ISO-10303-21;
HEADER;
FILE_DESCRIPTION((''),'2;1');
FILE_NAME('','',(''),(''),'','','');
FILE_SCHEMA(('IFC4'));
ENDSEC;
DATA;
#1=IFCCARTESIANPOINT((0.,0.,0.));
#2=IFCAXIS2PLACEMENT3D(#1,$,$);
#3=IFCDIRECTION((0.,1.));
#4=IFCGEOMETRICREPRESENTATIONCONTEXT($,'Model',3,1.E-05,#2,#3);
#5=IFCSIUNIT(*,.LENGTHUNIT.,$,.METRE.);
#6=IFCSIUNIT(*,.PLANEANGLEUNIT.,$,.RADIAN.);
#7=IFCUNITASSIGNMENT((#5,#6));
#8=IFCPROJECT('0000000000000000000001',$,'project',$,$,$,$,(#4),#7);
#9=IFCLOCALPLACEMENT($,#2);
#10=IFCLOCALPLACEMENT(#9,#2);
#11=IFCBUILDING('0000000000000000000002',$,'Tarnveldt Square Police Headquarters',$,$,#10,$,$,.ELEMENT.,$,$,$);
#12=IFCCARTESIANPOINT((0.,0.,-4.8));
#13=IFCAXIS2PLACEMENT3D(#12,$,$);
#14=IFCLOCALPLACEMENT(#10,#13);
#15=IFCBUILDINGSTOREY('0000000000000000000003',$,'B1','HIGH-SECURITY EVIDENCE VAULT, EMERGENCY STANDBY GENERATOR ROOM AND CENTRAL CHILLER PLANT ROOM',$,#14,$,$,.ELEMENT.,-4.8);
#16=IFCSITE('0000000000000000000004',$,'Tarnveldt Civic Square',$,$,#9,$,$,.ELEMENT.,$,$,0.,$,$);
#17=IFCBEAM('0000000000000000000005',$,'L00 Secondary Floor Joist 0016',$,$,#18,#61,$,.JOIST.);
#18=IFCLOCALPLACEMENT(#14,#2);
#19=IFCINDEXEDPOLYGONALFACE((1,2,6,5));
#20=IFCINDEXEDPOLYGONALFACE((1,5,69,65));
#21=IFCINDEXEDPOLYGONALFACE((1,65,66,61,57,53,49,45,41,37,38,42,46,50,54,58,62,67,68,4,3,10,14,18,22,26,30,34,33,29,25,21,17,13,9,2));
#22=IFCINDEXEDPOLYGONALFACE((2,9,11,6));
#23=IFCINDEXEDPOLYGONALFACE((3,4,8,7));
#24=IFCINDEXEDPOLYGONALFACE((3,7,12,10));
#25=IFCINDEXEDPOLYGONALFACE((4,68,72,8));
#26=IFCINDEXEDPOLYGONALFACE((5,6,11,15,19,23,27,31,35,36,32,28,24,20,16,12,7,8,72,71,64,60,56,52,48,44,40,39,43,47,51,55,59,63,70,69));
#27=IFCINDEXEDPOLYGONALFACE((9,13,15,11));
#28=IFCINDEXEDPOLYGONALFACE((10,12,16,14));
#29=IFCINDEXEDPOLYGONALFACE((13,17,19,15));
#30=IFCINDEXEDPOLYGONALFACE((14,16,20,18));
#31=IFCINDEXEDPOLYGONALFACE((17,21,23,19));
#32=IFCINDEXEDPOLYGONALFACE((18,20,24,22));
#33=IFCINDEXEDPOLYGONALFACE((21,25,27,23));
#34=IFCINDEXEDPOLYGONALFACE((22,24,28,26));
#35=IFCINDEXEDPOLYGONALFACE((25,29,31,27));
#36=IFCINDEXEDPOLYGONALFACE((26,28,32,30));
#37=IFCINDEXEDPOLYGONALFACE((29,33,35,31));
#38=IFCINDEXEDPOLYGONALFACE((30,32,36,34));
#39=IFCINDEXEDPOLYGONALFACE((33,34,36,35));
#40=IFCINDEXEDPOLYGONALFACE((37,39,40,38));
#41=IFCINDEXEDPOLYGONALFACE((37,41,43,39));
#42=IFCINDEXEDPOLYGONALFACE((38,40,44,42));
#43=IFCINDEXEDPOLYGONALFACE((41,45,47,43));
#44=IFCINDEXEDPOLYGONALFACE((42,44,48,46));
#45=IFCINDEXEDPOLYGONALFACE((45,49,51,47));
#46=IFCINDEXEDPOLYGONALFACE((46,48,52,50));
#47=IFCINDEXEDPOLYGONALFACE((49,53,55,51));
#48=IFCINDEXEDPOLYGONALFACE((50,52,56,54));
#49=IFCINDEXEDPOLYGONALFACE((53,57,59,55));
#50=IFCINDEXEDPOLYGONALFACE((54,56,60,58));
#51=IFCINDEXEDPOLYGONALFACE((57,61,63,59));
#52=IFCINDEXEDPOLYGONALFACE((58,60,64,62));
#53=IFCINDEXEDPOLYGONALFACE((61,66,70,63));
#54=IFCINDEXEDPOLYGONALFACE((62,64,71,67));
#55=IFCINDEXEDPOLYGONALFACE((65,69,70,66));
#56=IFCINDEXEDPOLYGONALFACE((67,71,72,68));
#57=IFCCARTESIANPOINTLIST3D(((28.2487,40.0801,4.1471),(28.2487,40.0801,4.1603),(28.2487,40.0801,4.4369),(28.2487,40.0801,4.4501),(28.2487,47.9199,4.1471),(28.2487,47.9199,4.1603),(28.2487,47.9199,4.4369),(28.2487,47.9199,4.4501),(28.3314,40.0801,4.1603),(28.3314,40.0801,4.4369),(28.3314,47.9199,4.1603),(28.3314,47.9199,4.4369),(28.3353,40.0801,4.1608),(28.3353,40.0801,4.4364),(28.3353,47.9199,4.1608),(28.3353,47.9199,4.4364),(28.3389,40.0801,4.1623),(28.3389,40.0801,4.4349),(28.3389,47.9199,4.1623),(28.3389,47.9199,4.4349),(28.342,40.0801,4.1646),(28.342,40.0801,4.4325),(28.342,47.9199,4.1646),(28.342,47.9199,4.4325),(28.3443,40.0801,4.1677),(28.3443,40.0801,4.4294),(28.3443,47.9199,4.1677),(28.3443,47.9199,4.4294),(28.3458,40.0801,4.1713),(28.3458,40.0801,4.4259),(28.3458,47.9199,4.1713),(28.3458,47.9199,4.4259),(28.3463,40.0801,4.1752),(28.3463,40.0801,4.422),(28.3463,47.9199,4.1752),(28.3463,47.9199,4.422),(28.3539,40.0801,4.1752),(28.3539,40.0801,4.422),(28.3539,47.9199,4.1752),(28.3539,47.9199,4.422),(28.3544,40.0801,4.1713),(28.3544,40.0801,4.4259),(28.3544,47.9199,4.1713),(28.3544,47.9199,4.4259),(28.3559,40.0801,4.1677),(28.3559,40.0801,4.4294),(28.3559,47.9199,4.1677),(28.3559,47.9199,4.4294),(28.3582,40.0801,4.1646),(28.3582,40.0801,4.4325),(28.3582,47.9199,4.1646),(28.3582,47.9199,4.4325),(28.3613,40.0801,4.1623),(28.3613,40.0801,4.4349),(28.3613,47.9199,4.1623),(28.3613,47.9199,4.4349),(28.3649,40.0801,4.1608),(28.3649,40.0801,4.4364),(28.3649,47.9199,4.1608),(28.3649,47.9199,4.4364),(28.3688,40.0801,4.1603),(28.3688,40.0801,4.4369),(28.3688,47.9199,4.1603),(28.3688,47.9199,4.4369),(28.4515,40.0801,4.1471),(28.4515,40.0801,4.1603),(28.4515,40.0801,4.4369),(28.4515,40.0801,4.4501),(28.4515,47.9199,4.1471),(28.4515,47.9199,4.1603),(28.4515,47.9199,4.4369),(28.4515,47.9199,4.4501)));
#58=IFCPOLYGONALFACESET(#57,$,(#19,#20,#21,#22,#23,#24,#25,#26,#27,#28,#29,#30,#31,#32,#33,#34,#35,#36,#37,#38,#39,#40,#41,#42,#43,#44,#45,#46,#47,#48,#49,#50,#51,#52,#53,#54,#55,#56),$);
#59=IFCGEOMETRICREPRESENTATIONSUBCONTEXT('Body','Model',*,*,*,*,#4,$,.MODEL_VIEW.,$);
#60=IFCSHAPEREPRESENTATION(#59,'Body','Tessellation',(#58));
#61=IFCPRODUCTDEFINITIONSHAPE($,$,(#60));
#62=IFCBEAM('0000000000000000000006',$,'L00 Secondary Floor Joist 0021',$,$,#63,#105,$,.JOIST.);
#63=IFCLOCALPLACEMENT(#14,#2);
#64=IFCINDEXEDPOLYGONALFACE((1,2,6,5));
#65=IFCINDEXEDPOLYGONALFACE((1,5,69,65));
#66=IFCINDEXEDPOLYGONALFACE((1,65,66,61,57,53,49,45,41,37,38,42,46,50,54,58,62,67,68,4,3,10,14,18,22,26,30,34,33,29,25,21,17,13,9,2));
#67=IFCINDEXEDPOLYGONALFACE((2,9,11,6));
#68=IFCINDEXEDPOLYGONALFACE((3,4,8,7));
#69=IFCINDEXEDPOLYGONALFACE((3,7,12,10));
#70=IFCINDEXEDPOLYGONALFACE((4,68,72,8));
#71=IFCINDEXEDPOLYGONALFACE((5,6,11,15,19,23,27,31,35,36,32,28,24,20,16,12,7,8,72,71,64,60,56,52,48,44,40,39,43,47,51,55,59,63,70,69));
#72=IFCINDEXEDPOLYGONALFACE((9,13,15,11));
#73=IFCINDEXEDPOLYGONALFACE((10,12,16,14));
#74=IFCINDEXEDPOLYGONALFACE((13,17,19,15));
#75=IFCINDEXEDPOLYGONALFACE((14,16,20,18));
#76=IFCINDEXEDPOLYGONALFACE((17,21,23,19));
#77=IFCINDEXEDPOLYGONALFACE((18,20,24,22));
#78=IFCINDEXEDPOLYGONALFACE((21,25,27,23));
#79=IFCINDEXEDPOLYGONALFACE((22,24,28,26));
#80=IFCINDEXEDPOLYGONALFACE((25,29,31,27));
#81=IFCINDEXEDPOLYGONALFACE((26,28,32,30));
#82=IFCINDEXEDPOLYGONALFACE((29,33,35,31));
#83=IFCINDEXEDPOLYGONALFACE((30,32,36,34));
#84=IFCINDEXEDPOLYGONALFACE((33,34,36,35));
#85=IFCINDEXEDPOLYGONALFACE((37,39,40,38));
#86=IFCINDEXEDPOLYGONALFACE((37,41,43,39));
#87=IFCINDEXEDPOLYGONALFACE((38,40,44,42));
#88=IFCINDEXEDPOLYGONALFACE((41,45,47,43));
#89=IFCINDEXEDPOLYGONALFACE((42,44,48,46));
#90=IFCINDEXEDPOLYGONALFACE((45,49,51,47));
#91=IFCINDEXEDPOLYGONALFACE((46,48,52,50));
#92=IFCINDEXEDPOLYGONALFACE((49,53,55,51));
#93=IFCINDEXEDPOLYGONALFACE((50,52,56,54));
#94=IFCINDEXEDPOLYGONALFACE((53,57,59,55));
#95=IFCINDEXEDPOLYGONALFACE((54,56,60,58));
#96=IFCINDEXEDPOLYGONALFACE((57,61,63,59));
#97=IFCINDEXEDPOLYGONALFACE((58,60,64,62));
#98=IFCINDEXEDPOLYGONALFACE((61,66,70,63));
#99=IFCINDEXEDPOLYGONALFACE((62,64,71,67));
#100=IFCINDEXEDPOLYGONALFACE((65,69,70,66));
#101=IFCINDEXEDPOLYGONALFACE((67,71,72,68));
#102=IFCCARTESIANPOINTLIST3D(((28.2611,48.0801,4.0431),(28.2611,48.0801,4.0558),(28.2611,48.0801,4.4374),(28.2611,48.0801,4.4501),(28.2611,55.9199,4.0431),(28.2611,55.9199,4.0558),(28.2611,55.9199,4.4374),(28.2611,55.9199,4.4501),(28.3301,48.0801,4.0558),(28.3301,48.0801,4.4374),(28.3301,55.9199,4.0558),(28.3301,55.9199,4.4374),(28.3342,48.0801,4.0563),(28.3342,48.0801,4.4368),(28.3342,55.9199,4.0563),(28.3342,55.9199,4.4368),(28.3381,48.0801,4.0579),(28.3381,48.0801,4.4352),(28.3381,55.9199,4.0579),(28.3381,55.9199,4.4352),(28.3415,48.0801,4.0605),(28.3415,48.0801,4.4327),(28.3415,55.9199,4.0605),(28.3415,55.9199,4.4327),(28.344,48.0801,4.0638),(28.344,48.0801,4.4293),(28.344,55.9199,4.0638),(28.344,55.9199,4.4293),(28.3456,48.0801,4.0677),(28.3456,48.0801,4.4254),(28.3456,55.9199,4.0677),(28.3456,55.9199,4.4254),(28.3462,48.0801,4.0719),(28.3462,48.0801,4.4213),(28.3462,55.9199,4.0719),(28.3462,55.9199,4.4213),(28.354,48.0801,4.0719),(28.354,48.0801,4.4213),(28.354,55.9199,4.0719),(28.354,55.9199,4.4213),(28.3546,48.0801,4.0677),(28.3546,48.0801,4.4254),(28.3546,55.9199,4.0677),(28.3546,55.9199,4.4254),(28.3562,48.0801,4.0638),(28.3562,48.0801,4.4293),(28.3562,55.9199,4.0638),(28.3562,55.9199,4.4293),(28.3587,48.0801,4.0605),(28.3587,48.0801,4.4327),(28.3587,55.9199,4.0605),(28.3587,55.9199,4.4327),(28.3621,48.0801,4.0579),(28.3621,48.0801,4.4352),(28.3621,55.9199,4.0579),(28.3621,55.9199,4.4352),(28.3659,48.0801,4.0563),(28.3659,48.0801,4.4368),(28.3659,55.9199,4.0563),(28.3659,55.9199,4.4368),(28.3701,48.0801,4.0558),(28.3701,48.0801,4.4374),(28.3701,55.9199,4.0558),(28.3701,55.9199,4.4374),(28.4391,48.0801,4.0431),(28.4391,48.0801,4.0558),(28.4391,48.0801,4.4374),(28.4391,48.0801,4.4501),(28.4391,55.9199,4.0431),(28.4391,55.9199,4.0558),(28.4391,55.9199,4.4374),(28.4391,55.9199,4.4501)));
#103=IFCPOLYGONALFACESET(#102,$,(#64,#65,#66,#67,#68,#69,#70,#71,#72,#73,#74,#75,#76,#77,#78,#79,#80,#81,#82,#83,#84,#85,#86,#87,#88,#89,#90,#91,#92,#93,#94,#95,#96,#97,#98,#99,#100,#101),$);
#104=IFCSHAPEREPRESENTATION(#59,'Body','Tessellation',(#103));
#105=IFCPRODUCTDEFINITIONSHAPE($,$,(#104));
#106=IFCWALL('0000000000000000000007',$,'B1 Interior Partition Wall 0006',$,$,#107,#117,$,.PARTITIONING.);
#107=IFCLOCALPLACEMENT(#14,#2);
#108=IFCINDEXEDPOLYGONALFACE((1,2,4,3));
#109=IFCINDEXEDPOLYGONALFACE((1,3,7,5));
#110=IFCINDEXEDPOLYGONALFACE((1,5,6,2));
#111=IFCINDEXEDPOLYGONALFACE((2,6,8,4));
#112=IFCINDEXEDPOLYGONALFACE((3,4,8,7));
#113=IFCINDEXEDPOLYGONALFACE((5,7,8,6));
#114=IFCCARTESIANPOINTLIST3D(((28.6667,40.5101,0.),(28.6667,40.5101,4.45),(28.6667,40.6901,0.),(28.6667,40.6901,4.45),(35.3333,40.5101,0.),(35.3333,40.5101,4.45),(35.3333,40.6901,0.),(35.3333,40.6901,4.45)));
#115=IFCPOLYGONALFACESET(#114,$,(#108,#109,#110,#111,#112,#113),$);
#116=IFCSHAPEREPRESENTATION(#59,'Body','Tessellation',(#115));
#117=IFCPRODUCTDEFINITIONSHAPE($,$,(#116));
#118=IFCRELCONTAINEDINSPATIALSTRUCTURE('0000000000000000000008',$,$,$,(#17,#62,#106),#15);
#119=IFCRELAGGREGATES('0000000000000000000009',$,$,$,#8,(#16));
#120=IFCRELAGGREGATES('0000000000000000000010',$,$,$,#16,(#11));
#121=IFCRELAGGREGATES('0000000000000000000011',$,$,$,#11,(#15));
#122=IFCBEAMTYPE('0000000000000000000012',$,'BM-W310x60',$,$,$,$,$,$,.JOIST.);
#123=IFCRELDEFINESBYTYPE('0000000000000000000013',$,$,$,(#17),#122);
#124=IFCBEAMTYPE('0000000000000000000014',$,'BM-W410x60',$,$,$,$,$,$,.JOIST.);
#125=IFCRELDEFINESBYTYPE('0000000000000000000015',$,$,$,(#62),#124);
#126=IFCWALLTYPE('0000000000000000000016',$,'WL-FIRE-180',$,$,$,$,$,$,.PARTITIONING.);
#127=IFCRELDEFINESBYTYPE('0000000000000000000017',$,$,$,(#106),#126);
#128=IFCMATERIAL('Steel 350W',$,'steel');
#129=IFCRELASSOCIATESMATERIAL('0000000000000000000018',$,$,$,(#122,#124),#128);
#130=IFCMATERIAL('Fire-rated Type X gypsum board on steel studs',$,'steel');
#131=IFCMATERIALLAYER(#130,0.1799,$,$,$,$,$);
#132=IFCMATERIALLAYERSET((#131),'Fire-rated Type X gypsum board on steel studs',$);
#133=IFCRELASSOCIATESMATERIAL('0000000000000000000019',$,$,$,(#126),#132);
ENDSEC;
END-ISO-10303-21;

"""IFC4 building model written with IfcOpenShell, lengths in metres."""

from ifc_helpers import new_model, si_unit, direction, frame, frame_2d, origin, origin_2d, place, context, subcontext, project, spatial, rectangle, i_section, extrude, material, layer, layer_set, material_profile, profile_set, type_object, element, save


model = new_model("IFC4")

# Units and contexts
model_context = context("Model", 3, precision=1e-05, world=origin(), true_north=direction((0.0, 1.0)))
body_context = subcontext(model_context, "Body", "Model", "MODEL_VIEW")
ifc_project = project(units=[si_unit("LENGTHUNIT", "METRE"), si_unit("PLANEANGLEUNIT", "RADIAN")], contexts=[model_context])

# Site, building, storey
site_placement = place(None, origin())
site = spatial("IfcSite", under=ifc_project, at=site_placement, Name="Tarnveldt Civic Square", CompositionType="ELEMENT", RefElevation=0.0)
building_placement = place(site_placement, origin())
building = spatial("IfcBuilding", under=site, at=building_placement, Name="Tarnveldt Square Police Headquarters", CompositionType="ELEMENT")
storey_placement = place(building_placement, frame((0.0, 0.0, -4.8)))
storey = spatial("IfcBuildingStorey", under=building, at=storey_placement, Name="B1", Description="HIGH-SECURITY EVIDENCE VAULT, EMERGENCY STANDBY GENERATOR ROOM AND CENTRAL CHILLER PLANT ROOM", CompositionType="ELEMENT", Elevation=-4.8)

# Beams
ifc_material_1 = material(Name="Steel 350W", Category="steel")
ifc_material_profile_1 = material_profile(ifc_material_1, i_section(OverallWidth=0.2029, OverallDepth=0.303, WebThickness=0.0076, FlangeThickness=0.0132, FilletRadius=0.0149, at=origin_2d()), Name="W310x60")
ifc_profile_set_1 = profile_set([ifc_material_profile_1], Name="Steel 350W")
beam_type_1 = type_object("IfcBeamType", Name="BM-W310x60", PredefinedType="JOIST", material=ifc_profile_set_1)
beam_1_placement = place(storey_placement, frame((28.3501, 40.0801, 4.2986), z_axis=(0.0, 1.0, 0.0), x_axis=(-1.0, 0.0, 0.0)))
element("IfcBeam", 1, at=beam_1_placement, inside=storey, type_object=beam_type_1, Name="L00 Secondary Floor Joist 0016", PredefinedType="JOIST", context=body_context, shape_type="SweptSolid", body=[
    extrude(i_section(OverallWidth=0.2029, OverallDepth=0.303, WebThickness=0.0076, FlangeThickness=0.0132, FilletRadius=0.0149, at=origin_2d()), origin(), (0.0, 0.0, 1.0), 7.8398),
])
ifc_material_profile_2 = material_profile(ifc_material_1, i_section(OverallWidth=0.178, OverallDepth=0.407, WebThickness=0.0078, FlangeThickness=0.0127, FilletRadius=0.0161, at=origin_2d()), Name="W410x60")
ifc_profile_set_2 = profile_set([ifc_material_profile_2], Name="Steel 350W")
beam_type_2 = type_object("IfcBeamType", Name="BM-W410x60", PredefinedType="JOIST", material=ifc_profile_set_2)
beam_2_placement = place(storey_placement, frame((28.3501, 48.0801, 4.2466), z_axis=(0.0, 1.0, 0.0), x_axis=(-1.0, 0.0, 0.0)))
element("IfcBeam", 2, at=beam_2_placement, inside=storey, type_object=beam_type_2, Name="L00 Secondary Floor Joist 0021", PredefinedType="JOIST", context=body_context, shape_type="SweptSolid", body=[
    extrude(i_section(OverallWidth=0.178, OverallDepth=0.407, WebThickness=0.0078, FlangeThickness=0.0127, FilletRadius=0.0161, at=origin_2d()), origin(), (0.0, 0.0, 1.0), 7.8398),
])

# Wall
ifc_material_2 = material(Name="Fire-rated Type X gypsum board on steel studs", Category="steel")
ifc_layer = layer(ifc_material_2, 0.1799)
ifc_layer_set = layer_set([ifc_layer], Name="Fire-rated Type X gypsum board on steel studs")
wall_type = type_object("IfcWallType", Name="WL-FIRE-180", PredefinedType="PARTITIONING", material=ifc_layer_set)
wall_placement = place(storey_placement, frame((28.6667, 40.6001, 0.0), z_axis=(0.0, 0.0, 1.0), x_axis=(1.0, 0.0, 0.0)))
element("IfcWall", 3, at=wall_placement, inside=storey, type_object=wall_type, Name="B1 Interior Partition Wall 0006", PredefinedType="PARTITIONING", context=body_context, shape_type="SweptSolid", body=[
    extrude(rectangle(XDim=6.6665, YDim=0.1799, at=frame_2d((3.3333, 0.0))), origin(), (0.0, 0.0, 1.0), 4.45),
])

save(model, "model.ifc")
